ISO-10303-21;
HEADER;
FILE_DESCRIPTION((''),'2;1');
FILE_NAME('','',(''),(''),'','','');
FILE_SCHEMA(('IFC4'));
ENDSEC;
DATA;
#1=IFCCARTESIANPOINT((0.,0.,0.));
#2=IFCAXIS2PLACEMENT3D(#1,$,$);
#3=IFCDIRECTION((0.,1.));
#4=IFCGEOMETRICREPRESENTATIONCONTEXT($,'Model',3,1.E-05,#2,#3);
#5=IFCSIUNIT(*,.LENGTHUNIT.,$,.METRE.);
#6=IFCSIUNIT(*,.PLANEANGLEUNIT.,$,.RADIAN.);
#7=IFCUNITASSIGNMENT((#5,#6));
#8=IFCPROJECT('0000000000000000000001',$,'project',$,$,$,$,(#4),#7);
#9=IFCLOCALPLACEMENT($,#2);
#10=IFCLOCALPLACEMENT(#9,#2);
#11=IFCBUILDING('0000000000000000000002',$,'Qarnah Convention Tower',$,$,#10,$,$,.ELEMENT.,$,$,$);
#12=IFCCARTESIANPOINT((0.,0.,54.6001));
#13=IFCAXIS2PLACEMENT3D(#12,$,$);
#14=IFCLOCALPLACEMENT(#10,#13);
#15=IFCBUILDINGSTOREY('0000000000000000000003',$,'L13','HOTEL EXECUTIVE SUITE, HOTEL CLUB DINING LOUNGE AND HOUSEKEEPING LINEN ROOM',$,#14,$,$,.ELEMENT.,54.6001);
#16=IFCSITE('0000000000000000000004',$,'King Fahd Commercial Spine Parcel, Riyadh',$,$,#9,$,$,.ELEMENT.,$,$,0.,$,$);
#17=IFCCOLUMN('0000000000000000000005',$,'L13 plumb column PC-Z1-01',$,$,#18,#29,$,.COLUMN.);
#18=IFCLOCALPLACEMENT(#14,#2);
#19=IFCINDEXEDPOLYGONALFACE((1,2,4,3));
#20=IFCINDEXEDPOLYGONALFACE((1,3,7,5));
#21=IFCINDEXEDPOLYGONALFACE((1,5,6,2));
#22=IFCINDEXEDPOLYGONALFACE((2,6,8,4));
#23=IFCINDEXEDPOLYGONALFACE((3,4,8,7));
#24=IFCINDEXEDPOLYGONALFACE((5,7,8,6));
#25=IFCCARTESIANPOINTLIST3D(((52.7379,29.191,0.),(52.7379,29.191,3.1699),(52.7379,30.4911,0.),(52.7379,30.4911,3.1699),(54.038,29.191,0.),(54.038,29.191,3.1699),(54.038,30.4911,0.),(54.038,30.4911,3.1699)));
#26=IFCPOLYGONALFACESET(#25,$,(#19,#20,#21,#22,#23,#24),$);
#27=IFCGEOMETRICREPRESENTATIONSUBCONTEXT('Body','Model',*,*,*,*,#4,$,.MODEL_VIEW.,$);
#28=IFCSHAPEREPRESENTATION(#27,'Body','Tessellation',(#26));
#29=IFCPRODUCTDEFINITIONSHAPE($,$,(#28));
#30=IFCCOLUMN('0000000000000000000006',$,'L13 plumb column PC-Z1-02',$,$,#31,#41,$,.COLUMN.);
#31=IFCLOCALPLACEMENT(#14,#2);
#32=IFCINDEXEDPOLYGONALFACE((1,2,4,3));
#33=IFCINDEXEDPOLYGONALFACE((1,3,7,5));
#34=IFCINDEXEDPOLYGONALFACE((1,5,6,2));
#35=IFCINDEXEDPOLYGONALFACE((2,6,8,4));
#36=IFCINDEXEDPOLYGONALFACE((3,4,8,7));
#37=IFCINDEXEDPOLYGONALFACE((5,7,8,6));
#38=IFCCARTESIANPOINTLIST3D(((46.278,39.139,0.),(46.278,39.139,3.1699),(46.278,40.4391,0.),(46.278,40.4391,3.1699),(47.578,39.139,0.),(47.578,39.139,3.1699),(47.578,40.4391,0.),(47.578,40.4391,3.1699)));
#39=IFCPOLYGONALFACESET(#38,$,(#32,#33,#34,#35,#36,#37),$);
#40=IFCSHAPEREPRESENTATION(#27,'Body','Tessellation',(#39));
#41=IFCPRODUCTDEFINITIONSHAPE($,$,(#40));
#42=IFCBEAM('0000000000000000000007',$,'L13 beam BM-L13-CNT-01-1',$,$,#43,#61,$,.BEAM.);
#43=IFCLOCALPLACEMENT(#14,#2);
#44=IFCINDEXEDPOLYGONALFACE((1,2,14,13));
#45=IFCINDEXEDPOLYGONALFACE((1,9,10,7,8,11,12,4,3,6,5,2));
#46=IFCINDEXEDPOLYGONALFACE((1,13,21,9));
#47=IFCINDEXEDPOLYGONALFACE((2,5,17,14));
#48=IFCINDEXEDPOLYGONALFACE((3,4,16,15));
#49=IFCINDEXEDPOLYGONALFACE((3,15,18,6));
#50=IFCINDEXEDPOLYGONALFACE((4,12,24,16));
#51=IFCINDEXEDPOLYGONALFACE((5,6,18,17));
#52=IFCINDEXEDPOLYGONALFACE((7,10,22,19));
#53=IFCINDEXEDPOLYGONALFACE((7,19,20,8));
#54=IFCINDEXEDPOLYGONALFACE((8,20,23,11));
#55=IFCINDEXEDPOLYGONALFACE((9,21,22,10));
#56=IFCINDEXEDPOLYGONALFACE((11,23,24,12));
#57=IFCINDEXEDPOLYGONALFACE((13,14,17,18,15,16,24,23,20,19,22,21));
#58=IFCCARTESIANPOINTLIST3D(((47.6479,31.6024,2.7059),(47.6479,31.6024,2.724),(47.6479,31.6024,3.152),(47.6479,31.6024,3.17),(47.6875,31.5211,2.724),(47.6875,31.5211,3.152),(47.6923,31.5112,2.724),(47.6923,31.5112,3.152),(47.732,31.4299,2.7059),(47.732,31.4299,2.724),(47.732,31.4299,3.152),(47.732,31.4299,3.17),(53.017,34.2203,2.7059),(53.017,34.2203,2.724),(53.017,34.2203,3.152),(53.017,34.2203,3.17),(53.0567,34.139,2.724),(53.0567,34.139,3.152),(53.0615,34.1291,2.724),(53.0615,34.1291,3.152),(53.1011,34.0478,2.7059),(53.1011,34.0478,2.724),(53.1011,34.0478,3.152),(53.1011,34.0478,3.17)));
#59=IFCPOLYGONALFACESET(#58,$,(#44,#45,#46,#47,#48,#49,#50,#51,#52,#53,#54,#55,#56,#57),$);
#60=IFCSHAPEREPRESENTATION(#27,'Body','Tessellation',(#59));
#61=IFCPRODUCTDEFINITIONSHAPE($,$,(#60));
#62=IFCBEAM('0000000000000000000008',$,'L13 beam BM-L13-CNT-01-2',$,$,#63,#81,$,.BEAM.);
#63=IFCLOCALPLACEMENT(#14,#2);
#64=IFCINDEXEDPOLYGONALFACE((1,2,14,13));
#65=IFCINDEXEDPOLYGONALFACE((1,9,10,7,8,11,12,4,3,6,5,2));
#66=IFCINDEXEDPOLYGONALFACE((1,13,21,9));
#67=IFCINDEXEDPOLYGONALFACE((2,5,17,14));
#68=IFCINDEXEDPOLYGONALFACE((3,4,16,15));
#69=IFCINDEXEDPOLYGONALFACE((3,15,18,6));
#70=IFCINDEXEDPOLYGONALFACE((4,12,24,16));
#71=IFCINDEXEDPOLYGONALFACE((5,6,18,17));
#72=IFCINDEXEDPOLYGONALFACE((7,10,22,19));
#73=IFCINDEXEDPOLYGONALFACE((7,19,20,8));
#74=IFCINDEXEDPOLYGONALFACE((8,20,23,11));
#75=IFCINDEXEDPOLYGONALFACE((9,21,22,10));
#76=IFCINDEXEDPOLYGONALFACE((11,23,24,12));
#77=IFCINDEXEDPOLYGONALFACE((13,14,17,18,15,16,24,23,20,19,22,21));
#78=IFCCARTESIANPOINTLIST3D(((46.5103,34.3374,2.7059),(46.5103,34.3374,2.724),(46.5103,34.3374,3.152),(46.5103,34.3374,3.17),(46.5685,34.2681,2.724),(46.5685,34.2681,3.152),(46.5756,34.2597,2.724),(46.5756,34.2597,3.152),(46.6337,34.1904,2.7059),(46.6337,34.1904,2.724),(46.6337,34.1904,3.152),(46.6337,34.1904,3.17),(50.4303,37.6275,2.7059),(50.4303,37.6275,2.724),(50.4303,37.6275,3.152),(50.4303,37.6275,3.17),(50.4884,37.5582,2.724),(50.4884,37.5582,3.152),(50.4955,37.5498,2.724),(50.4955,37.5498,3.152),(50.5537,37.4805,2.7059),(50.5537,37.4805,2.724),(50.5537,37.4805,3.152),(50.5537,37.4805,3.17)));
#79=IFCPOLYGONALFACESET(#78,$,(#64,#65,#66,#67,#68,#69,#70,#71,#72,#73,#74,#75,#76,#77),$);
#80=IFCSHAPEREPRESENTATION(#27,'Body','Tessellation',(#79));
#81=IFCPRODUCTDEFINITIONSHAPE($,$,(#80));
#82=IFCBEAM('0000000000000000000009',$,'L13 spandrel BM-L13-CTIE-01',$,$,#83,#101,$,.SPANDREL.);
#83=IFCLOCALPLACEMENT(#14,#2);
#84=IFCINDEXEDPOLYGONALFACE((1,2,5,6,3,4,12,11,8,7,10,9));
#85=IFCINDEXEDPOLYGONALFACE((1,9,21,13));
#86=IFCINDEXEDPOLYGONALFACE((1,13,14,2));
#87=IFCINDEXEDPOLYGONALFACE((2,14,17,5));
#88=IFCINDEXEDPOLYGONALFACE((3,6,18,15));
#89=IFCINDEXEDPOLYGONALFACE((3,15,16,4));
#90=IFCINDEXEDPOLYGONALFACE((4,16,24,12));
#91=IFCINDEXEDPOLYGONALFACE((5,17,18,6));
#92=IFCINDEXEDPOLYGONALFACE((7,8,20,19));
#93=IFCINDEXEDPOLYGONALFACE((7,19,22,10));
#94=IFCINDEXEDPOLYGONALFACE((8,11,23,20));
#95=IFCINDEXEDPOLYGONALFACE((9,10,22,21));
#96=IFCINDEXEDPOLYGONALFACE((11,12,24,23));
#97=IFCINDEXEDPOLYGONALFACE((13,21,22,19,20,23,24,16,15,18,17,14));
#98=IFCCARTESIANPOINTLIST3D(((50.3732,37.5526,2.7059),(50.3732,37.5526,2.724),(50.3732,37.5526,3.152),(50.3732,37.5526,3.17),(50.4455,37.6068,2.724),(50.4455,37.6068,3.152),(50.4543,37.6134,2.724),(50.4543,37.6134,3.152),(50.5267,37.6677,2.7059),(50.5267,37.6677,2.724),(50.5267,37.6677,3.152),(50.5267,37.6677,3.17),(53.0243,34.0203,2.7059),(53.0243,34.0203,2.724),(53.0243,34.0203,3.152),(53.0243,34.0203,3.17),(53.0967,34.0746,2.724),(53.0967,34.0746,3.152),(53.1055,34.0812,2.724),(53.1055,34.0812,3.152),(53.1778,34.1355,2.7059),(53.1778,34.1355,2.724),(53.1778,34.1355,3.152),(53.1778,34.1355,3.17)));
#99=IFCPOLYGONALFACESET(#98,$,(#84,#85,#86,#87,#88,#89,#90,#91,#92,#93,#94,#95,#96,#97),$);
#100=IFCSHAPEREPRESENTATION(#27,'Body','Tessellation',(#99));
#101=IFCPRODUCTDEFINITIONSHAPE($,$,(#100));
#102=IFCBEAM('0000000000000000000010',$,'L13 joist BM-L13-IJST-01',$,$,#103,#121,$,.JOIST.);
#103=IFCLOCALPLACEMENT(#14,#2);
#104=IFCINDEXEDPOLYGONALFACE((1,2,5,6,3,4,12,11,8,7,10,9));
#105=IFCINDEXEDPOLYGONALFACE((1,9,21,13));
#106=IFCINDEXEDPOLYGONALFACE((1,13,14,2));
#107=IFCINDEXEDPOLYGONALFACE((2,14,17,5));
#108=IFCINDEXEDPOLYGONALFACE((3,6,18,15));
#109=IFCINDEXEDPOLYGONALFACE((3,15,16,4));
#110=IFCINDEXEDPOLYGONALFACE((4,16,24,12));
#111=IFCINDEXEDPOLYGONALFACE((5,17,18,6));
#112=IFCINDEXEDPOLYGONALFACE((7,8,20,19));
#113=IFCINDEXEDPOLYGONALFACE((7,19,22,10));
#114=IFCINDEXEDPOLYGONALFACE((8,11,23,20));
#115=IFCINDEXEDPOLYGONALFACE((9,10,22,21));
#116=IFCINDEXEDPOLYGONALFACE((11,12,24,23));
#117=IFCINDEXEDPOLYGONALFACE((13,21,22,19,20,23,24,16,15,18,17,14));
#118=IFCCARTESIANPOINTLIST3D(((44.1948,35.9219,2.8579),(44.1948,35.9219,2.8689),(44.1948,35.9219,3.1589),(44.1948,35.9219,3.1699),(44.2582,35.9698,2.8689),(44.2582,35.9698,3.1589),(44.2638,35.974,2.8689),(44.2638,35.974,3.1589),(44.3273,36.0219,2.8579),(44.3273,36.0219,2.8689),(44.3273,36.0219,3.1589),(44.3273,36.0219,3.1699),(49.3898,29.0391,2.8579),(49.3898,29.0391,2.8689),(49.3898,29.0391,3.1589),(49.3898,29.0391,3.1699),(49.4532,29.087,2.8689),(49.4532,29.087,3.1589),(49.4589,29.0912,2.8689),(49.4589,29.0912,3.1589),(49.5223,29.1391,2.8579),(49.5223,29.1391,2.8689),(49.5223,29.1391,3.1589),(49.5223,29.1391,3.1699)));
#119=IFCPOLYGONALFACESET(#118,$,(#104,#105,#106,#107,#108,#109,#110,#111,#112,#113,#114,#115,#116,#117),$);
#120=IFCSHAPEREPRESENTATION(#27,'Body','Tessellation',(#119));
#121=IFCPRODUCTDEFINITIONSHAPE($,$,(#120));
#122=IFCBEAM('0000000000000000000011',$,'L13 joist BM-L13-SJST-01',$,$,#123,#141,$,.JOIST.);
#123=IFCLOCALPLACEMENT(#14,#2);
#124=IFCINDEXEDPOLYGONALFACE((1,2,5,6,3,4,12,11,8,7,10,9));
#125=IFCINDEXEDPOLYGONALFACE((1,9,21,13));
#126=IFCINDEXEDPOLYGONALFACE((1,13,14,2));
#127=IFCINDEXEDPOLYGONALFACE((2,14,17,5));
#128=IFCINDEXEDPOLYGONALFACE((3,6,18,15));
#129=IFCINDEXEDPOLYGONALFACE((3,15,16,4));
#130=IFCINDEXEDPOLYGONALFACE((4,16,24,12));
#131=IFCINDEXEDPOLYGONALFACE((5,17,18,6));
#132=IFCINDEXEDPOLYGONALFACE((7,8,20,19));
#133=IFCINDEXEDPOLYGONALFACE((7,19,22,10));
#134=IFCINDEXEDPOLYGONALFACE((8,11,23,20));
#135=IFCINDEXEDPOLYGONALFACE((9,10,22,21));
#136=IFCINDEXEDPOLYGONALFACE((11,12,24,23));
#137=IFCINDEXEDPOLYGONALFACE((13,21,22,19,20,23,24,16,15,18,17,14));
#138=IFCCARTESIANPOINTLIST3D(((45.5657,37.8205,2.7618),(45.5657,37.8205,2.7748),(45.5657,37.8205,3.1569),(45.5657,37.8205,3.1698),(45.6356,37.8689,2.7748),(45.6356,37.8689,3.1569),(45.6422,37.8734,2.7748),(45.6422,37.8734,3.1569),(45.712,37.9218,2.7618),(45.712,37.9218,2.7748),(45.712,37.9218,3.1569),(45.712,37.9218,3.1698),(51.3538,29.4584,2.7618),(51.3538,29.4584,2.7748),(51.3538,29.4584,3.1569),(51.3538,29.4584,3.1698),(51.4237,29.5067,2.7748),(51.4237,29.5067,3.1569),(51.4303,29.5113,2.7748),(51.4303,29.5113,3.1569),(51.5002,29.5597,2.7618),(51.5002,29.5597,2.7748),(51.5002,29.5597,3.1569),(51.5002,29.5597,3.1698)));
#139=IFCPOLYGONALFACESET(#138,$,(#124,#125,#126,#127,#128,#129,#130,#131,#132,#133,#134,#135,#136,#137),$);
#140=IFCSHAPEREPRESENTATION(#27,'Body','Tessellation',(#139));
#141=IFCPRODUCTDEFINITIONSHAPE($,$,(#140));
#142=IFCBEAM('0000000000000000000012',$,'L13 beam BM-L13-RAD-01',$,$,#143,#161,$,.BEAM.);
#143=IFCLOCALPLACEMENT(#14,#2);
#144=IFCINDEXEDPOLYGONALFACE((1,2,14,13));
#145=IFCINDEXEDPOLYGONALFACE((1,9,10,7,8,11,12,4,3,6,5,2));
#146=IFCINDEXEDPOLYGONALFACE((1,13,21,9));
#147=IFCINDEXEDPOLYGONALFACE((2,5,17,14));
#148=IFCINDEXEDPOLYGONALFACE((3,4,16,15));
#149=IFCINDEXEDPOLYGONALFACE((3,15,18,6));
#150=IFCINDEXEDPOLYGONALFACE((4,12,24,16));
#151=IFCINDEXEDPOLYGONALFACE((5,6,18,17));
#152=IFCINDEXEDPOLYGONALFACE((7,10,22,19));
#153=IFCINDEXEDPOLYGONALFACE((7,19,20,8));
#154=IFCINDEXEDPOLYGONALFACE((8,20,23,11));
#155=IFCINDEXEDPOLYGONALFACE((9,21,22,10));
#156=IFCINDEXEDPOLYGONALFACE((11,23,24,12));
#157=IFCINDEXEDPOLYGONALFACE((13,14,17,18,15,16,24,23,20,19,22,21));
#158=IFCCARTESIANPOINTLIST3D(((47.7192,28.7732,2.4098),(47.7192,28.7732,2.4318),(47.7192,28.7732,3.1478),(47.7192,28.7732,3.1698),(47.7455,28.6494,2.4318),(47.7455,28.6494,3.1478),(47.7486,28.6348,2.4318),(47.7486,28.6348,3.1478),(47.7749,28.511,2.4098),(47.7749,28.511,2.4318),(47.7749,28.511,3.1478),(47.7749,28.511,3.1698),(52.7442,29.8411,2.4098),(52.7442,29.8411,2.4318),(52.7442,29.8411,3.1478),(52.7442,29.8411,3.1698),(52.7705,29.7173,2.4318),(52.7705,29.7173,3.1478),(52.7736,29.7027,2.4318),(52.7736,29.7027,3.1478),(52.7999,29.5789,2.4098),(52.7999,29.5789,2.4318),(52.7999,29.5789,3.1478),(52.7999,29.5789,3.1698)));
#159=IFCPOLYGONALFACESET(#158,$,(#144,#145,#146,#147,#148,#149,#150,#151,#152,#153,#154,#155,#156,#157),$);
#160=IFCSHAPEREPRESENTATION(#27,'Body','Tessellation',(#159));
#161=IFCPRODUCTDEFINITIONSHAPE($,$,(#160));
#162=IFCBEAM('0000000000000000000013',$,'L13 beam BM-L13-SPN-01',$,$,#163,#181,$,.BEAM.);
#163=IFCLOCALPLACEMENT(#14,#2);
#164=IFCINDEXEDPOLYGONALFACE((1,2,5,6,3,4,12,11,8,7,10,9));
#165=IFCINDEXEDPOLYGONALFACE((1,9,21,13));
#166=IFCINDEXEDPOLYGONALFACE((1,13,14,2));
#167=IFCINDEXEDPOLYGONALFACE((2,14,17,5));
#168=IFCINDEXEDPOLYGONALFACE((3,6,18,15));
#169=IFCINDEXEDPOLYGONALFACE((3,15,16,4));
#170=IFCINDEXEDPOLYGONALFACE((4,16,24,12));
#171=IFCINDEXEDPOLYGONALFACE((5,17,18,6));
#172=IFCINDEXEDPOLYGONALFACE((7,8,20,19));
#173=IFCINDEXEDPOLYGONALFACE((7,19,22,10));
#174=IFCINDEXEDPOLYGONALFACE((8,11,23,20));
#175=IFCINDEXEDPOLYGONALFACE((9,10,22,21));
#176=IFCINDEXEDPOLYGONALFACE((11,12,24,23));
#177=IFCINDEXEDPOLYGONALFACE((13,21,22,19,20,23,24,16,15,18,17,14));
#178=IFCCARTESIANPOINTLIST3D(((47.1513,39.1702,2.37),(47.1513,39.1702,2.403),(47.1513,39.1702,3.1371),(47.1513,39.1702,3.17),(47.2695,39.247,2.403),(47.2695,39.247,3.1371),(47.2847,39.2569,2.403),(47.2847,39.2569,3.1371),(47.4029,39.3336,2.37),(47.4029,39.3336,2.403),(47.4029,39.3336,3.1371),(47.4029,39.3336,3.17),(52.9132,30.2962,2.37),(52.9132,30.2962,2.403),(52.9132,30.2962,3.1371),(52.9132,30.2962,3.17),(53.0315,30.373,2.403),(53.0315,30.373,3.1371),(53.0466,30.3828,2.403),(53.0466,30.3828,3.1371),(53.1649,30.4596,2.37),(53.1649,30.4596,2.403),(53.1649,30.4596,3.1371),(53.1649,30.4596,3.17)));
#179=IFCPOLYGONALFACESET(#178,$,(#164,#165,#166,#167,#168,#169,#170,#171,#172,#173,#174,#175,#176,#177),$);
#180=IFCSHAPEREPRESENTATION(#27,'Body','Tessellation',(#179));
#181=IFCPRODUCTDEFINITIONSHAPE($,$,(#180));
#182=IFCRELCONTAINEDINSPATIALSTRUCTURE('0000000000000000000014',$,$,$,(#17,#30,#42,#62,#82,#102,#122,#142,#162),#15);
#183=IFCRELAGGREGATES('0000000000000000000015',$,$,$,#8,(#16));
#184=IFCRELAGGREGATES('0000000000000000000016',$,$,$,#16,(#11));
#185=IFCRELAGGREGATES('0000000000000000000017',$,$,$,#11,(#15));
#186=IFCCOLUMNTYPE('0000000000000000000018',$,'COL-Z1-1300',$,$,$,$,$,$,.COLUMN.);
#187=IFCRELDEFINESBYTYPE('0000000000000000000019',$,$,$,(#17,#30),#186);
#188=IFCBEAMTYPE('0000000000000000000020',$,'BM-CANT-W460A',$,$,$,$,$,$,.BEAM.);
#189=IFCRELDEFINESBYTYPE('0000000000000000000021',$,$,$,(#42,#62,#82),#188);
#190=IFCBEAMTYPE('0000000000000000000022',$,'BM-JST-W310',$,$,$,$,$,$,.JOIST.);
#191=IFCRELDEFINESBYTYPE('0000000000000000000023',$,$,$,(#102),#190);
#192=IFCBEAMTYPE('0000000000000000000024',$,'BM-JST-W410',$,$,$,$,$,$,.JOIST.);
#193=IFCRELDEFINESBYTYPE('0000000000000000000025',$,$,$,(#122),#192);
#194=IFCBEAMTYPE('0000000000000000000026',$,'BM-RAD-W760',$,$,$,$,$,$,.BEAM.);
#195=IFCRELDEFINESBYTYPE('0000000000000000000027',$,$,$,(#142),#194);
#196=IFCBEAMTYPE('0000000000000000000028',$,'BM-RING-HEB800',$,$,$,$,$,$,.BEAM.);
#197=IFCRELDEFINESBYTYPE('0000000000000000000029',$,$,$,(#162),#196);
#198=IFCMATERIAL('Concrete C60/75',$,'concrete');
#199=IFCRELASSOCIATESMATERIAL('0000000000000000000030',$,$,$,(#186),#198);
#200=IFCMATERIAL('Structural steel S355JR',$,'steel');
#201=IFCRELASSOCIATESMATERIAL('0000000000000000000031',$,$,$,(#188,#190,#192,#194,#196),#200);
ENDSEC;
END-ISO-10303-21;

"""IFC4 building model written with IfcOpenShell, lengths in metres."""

from ifc_helpers import new_model, si_unit, direction, frame, origin, origin_2d, place, context, subcontext, project, spatial, rectangle, i_section, extrude, material, material_profile, profile_set, type_object, element, save


model = new_model("IFC4")

# Units and contexts
model_context = context("Model", 3, precision=1e-05, world=origin(), true_north=direction((0.0, 1.0)))
body_context = subcontext(model_context, "Body", "Model", "MODEL_VIEW")
ifc_project = project(units=[si_unit("LENGTHUNIT", "METRE"), si_unit("PLANEANGLEUNIT", "RADIAN")], contexts=[model_context])

# Site, building, storey
site_placement = place(None, origin())
site = spatial("IfcSite", under=ifc_project, at=site_placement, Name="King Fahd Commercial Spine Parcel, Riyadh", CompositionType="ELEMENT", RefElevation=0.0)
building_placement = place(site_placement, origin())
building = spatial("IfcBuilding", under=site, at=building_placement, Name="Qarnah Convention Tower", CompositionType="ELEMENT")
storey_placement = place(building_placement, frame((0.0, 0.0, 54.6001)))
storey = spatial("IfcBuildingStorey", under=building, at=storey_placement, Name="L13", Description="HOTEL EXECUTIVE SUITE, HOTEL CLUB DINING LOUNGE AND HOUSEKEEPING LINEN ROOM", CompositionType="ELEMENT", Elevation=54.6001)

# Columns
ifc_material_1 = material(Name="Concrete C60/75", Category="concrete")
ifc_material_profile_1 = material_profile(ifc_material_1, rectangle(XDim=1.3, YDim=1.3, at=origin_2d()), Name="RC-COL-1300X1300")
ifc_profile_set_1 = profile_set([ifc_material_profile_1], Name="Concrete C60/75")
column_type = type_object("IfcColumnType", Name="COL-Z1-1300", PredefinedType="COLUMN", material=ifc_profile_set_1)
for number, where, z_axis, x_axis, name in (
    (1, (53.3879, 29.8411, 0.0), (0.0, 0.0, 1.0), (1.0, 0.0, 0.0), "L13 plumb column PC-Z1-01"),
    (2, (46.928, 39.7891, 0.0), (0.0, 0.0, 1.0), (1.0, 0.0, 0.0), "L13 plumb column PC-Z1-02"),
):
    element("IfcColumn", number, at=place(storey_placement, frame(where, z_axis=z_axis, x_axis=x_axis)), inside=storey, type_object=column_type, Name=name, PredefinedType="COLUMN", context=body_context, shape_type="SweptSolid", body=[
        extrude(rectangle(XDim=1.3, YDim=1.3, at=origin_2d()), origin(), (0.0, 0.0, 1.0), 3.1699),
    ])

# Beams
ifc_material_2 = material(Name="Structural steel S355JR", Category="steel")
ifc_material_profile_2 = material_profile(ifc_material_2, i_section(OverallWidth=0.1919, OverallDepth=0.4641, WebThickness=0.011, FlangeThickness=0.0181, at=origin_2d()), Name="W460X89")
ifc_profile_set_2 = profile_set([ifc_material_profile_2], Name="Structural steel S355JR")
beam_type_1 = type_object("IfcBeamType", Name="BM-CANT-W460A", PredefinedType="BEAM", material=ifc_profile_set_2)
beam_1_placement = place(storey_placement, frame((47.6899, 31.5161, 2.938), z_axis=(0.898846, 0.438265, 0.0), x_axis=(-0.438265, 0.898846, 0.0)))
element("IfcBeam", 3, at=beam_1_placement, inside=storey, type_object=beam_type_1, Name="L13 beam BM-L13-CNT-01-1", PredefinedType="BEAM", context=body_context, shape_type="SweptSolid", body=[
    extrude(i_section(OverallWidth=0.1919, OverallDepth=0.4641, WebThickness=0.011, FlangeThickness=0.0181, at=origin_2d()), origin(), (0.0, 0.0, 1.0), 5.9734),
])
beam_2_placement = place(storey_placement, frame((46.572, 34.2639, 2.938), z_axis=(0.765964, 0.642883, 0.0), x_axis=(-0.642883, 0.765964, 0.0)))
element("IfcBeam", 4, at=beam_2_placement, inside=storey, type_object=beam_type_1, Name="L13 beam BM-L13-CNT-01-2", PredefinedType="BEAM", context=body_context, shape_type="SweptSolid", body=[
    extrude(i_section(OverallWidth=0.1919, OverallDepth=0.4641, WebThickness=0.011, FlangeThickness=0.0181, at=origin_2d()), origin(), (0.0, 0.0, 1.0), 5.1177),
])
beam_3_placement = place(storey_placement, frame((53.1011, 34.0779, 2.938), z_axis=(-0.600283, 0.799788, 0.0), x_axis=(-0.799788, -0.600283, 0.0)))
element("IfcBeam", 5, at=beam_3_placement, inside=storey, type_object=beam_type_1, Name="L13 spandrel BM-L13-CTIE-01", PredefinedType="SPANDREL", context=body_context, shape_type="SweptSolid", body=[
    extrude(i_section(OverallWidth=0.1919, OverallDepth=0.4641, WebThickness=0.011, FlangeThickness=0.0181, at=origin_2d()), origin(), (0.0, 0.0, 1.0), 4.4165),
])
ifc_material_profile_3 = material_profile(ifc_material_2, i_section(OverallWidth=0.166, OverallDepth=0.312, WebThickness=0.0071, FlangeThickness=0.011, at=origin_2d()), Name="W310X45")
ifc_profile_set_3 = profile_set([ifc_material_profile_3], Name="Structural steel S355JR")
beam_type_2 = type_object("IfcBeamType", Name="BM-JST-W310", PredefinedType="JOIST", material=ifc_profile_set_3)
beam_4_placement = place(storey_placement, frame((49.4561, 29.0891, 3.0139), z_axis=(-0.602443, 0.798162, 0.0), x_axis=(-0.798162, -0.602443, 0.0)))
element("IfcBeam", 6, at=beam_4_placement, inside=storey, type_object=beam_type_2, Name="L13 joist BM-L13-IJST-01", PredefinedType="JOIST", context=body_context, shape_type="SweptSolid", body=[
    extrude(i_section(OverallWidth=0.166, OverallDepth=0.312, WebThickness=0.0071, FlangeThickness=0.011, at=origin_2d()), origin(), (0.0, 0.0, 1.0), 8.6233),
])
ifc_material_profile_4 = material_profile(ifc_material_2, i_section(OverallWidth=0.178, OverallDepth=0.408, WebThickness=0.0081, FlangeThickness=0.0129, at=origin_2d()), Name="W410X60")
ifc_profile_set_4 = profile_set([ifc_material_profile_4], Name="Structural steel S355JR")
beam_type_3 = type_object("IfcBeamType", Name="BM-JST-W410", PredefinedType="JOIST", material=ifc_profile_set_4)
beam_5_placement = place(storey_placement, frame((51.427, 29.509, 2.9658), z_axis=(-0.569141, 0.82224, 0.0), x_axis=(-0.82224, -0.569141, 0.0)))
element("IfcBeam", 7, at=beam_5_placement, inside=storey, type_object=beam_type_3, Name="L13 joist BM-L13-SJST-01", PredefinedType="JOIST", context=body_context, shape_type="SweptSolid", body=[
    extrude(i_section(OverallWidth=0.178, OverallDepth=0.408, WebThickness=0.0081, FlangeThickness=0.0129, at=origin_2d()), origin(), (0.0, 0.0, 1.0), 10.1699),
])
ifc_material_profile_5 = material_profile(ifc_material_2, i_section(OverallWidth=0.2681, OverallDepth=0.76, WebThickness=0.0149, FlangeThickness=0.022, at=origin_2d()), Name="W760X185")
ifc_profile_set_5 = profile_set([ifc_material_profile_5], Name="Structural steel S355JR")
beam_type_4 = type_object("IfcBeamType", Name="BM-RAD-W760", PredefinedType="BEAM", material=ifc_profile_set_5)
beam_6_placement = place(storey_placement, frame((47.7471, 28.6421, 2.7898), z_axis=(0.978156, 0.207874, 0.0), x_axis=(-0.207874, 0.978156, 0.0)))
element("IfcBeam", 8, at=beam_6_placement, inside=storey, type_object=beam_type_4, Name="L13 beam BM-L13-RAD-01", PredefinedType="BEAM", context=body_context, shape_type="SweptSolid", body=[
    extrude(i_section(OverallWidth=0.2681, OverallDepth=0.76, WebThickness=0.0149, FlangeThickness=0.022, at=origin_2d()), origin(), (0.0, 0.0, 1.0), 5.1372),
])
ifc_material_profile_6 = material_profile(ifc_material_2, i_section(OverallWidth=0.3, OverallDepth=0.8, WebThickness=0.0181, FlangeThickness=0.033, at=origin_2d()), Name="HEB800")
ifc_profile_set_6 = profile_set([ifc_material_profile_6], Name="Structural steel S355JR")
beam_type_5 = type_object("IfcBeamType", Name="BM-RING-HEB800", PredefinedType="BEAM", material=ifc_profile_set_6)
beam_7_placement = place(storey_placement, frame((53.0391, 30.3779, 2.77), z_axis=(-0.54458, 0.838709, 0.0), x_axis=(-0.838709, -0.54458, 0.0)))
element("IfcBeam", 9, at=beam_7_placement, inside=storey, type_object=beam_type_5, Name="L13 beam BM-L13-SPN-01", PredefinedType="BEAM", context=body_context, shape_type="SweptSolid", body=[
    extrude(i_section(OverallWidth=0.3, OverallDepth=0.8, WebThickness=0.0181, FlangeThickness=0.033, at=origin_2d()), origin(), (0.0, 0.0, 1.0), 10.5806),
])

save(model, "model.ifc")
